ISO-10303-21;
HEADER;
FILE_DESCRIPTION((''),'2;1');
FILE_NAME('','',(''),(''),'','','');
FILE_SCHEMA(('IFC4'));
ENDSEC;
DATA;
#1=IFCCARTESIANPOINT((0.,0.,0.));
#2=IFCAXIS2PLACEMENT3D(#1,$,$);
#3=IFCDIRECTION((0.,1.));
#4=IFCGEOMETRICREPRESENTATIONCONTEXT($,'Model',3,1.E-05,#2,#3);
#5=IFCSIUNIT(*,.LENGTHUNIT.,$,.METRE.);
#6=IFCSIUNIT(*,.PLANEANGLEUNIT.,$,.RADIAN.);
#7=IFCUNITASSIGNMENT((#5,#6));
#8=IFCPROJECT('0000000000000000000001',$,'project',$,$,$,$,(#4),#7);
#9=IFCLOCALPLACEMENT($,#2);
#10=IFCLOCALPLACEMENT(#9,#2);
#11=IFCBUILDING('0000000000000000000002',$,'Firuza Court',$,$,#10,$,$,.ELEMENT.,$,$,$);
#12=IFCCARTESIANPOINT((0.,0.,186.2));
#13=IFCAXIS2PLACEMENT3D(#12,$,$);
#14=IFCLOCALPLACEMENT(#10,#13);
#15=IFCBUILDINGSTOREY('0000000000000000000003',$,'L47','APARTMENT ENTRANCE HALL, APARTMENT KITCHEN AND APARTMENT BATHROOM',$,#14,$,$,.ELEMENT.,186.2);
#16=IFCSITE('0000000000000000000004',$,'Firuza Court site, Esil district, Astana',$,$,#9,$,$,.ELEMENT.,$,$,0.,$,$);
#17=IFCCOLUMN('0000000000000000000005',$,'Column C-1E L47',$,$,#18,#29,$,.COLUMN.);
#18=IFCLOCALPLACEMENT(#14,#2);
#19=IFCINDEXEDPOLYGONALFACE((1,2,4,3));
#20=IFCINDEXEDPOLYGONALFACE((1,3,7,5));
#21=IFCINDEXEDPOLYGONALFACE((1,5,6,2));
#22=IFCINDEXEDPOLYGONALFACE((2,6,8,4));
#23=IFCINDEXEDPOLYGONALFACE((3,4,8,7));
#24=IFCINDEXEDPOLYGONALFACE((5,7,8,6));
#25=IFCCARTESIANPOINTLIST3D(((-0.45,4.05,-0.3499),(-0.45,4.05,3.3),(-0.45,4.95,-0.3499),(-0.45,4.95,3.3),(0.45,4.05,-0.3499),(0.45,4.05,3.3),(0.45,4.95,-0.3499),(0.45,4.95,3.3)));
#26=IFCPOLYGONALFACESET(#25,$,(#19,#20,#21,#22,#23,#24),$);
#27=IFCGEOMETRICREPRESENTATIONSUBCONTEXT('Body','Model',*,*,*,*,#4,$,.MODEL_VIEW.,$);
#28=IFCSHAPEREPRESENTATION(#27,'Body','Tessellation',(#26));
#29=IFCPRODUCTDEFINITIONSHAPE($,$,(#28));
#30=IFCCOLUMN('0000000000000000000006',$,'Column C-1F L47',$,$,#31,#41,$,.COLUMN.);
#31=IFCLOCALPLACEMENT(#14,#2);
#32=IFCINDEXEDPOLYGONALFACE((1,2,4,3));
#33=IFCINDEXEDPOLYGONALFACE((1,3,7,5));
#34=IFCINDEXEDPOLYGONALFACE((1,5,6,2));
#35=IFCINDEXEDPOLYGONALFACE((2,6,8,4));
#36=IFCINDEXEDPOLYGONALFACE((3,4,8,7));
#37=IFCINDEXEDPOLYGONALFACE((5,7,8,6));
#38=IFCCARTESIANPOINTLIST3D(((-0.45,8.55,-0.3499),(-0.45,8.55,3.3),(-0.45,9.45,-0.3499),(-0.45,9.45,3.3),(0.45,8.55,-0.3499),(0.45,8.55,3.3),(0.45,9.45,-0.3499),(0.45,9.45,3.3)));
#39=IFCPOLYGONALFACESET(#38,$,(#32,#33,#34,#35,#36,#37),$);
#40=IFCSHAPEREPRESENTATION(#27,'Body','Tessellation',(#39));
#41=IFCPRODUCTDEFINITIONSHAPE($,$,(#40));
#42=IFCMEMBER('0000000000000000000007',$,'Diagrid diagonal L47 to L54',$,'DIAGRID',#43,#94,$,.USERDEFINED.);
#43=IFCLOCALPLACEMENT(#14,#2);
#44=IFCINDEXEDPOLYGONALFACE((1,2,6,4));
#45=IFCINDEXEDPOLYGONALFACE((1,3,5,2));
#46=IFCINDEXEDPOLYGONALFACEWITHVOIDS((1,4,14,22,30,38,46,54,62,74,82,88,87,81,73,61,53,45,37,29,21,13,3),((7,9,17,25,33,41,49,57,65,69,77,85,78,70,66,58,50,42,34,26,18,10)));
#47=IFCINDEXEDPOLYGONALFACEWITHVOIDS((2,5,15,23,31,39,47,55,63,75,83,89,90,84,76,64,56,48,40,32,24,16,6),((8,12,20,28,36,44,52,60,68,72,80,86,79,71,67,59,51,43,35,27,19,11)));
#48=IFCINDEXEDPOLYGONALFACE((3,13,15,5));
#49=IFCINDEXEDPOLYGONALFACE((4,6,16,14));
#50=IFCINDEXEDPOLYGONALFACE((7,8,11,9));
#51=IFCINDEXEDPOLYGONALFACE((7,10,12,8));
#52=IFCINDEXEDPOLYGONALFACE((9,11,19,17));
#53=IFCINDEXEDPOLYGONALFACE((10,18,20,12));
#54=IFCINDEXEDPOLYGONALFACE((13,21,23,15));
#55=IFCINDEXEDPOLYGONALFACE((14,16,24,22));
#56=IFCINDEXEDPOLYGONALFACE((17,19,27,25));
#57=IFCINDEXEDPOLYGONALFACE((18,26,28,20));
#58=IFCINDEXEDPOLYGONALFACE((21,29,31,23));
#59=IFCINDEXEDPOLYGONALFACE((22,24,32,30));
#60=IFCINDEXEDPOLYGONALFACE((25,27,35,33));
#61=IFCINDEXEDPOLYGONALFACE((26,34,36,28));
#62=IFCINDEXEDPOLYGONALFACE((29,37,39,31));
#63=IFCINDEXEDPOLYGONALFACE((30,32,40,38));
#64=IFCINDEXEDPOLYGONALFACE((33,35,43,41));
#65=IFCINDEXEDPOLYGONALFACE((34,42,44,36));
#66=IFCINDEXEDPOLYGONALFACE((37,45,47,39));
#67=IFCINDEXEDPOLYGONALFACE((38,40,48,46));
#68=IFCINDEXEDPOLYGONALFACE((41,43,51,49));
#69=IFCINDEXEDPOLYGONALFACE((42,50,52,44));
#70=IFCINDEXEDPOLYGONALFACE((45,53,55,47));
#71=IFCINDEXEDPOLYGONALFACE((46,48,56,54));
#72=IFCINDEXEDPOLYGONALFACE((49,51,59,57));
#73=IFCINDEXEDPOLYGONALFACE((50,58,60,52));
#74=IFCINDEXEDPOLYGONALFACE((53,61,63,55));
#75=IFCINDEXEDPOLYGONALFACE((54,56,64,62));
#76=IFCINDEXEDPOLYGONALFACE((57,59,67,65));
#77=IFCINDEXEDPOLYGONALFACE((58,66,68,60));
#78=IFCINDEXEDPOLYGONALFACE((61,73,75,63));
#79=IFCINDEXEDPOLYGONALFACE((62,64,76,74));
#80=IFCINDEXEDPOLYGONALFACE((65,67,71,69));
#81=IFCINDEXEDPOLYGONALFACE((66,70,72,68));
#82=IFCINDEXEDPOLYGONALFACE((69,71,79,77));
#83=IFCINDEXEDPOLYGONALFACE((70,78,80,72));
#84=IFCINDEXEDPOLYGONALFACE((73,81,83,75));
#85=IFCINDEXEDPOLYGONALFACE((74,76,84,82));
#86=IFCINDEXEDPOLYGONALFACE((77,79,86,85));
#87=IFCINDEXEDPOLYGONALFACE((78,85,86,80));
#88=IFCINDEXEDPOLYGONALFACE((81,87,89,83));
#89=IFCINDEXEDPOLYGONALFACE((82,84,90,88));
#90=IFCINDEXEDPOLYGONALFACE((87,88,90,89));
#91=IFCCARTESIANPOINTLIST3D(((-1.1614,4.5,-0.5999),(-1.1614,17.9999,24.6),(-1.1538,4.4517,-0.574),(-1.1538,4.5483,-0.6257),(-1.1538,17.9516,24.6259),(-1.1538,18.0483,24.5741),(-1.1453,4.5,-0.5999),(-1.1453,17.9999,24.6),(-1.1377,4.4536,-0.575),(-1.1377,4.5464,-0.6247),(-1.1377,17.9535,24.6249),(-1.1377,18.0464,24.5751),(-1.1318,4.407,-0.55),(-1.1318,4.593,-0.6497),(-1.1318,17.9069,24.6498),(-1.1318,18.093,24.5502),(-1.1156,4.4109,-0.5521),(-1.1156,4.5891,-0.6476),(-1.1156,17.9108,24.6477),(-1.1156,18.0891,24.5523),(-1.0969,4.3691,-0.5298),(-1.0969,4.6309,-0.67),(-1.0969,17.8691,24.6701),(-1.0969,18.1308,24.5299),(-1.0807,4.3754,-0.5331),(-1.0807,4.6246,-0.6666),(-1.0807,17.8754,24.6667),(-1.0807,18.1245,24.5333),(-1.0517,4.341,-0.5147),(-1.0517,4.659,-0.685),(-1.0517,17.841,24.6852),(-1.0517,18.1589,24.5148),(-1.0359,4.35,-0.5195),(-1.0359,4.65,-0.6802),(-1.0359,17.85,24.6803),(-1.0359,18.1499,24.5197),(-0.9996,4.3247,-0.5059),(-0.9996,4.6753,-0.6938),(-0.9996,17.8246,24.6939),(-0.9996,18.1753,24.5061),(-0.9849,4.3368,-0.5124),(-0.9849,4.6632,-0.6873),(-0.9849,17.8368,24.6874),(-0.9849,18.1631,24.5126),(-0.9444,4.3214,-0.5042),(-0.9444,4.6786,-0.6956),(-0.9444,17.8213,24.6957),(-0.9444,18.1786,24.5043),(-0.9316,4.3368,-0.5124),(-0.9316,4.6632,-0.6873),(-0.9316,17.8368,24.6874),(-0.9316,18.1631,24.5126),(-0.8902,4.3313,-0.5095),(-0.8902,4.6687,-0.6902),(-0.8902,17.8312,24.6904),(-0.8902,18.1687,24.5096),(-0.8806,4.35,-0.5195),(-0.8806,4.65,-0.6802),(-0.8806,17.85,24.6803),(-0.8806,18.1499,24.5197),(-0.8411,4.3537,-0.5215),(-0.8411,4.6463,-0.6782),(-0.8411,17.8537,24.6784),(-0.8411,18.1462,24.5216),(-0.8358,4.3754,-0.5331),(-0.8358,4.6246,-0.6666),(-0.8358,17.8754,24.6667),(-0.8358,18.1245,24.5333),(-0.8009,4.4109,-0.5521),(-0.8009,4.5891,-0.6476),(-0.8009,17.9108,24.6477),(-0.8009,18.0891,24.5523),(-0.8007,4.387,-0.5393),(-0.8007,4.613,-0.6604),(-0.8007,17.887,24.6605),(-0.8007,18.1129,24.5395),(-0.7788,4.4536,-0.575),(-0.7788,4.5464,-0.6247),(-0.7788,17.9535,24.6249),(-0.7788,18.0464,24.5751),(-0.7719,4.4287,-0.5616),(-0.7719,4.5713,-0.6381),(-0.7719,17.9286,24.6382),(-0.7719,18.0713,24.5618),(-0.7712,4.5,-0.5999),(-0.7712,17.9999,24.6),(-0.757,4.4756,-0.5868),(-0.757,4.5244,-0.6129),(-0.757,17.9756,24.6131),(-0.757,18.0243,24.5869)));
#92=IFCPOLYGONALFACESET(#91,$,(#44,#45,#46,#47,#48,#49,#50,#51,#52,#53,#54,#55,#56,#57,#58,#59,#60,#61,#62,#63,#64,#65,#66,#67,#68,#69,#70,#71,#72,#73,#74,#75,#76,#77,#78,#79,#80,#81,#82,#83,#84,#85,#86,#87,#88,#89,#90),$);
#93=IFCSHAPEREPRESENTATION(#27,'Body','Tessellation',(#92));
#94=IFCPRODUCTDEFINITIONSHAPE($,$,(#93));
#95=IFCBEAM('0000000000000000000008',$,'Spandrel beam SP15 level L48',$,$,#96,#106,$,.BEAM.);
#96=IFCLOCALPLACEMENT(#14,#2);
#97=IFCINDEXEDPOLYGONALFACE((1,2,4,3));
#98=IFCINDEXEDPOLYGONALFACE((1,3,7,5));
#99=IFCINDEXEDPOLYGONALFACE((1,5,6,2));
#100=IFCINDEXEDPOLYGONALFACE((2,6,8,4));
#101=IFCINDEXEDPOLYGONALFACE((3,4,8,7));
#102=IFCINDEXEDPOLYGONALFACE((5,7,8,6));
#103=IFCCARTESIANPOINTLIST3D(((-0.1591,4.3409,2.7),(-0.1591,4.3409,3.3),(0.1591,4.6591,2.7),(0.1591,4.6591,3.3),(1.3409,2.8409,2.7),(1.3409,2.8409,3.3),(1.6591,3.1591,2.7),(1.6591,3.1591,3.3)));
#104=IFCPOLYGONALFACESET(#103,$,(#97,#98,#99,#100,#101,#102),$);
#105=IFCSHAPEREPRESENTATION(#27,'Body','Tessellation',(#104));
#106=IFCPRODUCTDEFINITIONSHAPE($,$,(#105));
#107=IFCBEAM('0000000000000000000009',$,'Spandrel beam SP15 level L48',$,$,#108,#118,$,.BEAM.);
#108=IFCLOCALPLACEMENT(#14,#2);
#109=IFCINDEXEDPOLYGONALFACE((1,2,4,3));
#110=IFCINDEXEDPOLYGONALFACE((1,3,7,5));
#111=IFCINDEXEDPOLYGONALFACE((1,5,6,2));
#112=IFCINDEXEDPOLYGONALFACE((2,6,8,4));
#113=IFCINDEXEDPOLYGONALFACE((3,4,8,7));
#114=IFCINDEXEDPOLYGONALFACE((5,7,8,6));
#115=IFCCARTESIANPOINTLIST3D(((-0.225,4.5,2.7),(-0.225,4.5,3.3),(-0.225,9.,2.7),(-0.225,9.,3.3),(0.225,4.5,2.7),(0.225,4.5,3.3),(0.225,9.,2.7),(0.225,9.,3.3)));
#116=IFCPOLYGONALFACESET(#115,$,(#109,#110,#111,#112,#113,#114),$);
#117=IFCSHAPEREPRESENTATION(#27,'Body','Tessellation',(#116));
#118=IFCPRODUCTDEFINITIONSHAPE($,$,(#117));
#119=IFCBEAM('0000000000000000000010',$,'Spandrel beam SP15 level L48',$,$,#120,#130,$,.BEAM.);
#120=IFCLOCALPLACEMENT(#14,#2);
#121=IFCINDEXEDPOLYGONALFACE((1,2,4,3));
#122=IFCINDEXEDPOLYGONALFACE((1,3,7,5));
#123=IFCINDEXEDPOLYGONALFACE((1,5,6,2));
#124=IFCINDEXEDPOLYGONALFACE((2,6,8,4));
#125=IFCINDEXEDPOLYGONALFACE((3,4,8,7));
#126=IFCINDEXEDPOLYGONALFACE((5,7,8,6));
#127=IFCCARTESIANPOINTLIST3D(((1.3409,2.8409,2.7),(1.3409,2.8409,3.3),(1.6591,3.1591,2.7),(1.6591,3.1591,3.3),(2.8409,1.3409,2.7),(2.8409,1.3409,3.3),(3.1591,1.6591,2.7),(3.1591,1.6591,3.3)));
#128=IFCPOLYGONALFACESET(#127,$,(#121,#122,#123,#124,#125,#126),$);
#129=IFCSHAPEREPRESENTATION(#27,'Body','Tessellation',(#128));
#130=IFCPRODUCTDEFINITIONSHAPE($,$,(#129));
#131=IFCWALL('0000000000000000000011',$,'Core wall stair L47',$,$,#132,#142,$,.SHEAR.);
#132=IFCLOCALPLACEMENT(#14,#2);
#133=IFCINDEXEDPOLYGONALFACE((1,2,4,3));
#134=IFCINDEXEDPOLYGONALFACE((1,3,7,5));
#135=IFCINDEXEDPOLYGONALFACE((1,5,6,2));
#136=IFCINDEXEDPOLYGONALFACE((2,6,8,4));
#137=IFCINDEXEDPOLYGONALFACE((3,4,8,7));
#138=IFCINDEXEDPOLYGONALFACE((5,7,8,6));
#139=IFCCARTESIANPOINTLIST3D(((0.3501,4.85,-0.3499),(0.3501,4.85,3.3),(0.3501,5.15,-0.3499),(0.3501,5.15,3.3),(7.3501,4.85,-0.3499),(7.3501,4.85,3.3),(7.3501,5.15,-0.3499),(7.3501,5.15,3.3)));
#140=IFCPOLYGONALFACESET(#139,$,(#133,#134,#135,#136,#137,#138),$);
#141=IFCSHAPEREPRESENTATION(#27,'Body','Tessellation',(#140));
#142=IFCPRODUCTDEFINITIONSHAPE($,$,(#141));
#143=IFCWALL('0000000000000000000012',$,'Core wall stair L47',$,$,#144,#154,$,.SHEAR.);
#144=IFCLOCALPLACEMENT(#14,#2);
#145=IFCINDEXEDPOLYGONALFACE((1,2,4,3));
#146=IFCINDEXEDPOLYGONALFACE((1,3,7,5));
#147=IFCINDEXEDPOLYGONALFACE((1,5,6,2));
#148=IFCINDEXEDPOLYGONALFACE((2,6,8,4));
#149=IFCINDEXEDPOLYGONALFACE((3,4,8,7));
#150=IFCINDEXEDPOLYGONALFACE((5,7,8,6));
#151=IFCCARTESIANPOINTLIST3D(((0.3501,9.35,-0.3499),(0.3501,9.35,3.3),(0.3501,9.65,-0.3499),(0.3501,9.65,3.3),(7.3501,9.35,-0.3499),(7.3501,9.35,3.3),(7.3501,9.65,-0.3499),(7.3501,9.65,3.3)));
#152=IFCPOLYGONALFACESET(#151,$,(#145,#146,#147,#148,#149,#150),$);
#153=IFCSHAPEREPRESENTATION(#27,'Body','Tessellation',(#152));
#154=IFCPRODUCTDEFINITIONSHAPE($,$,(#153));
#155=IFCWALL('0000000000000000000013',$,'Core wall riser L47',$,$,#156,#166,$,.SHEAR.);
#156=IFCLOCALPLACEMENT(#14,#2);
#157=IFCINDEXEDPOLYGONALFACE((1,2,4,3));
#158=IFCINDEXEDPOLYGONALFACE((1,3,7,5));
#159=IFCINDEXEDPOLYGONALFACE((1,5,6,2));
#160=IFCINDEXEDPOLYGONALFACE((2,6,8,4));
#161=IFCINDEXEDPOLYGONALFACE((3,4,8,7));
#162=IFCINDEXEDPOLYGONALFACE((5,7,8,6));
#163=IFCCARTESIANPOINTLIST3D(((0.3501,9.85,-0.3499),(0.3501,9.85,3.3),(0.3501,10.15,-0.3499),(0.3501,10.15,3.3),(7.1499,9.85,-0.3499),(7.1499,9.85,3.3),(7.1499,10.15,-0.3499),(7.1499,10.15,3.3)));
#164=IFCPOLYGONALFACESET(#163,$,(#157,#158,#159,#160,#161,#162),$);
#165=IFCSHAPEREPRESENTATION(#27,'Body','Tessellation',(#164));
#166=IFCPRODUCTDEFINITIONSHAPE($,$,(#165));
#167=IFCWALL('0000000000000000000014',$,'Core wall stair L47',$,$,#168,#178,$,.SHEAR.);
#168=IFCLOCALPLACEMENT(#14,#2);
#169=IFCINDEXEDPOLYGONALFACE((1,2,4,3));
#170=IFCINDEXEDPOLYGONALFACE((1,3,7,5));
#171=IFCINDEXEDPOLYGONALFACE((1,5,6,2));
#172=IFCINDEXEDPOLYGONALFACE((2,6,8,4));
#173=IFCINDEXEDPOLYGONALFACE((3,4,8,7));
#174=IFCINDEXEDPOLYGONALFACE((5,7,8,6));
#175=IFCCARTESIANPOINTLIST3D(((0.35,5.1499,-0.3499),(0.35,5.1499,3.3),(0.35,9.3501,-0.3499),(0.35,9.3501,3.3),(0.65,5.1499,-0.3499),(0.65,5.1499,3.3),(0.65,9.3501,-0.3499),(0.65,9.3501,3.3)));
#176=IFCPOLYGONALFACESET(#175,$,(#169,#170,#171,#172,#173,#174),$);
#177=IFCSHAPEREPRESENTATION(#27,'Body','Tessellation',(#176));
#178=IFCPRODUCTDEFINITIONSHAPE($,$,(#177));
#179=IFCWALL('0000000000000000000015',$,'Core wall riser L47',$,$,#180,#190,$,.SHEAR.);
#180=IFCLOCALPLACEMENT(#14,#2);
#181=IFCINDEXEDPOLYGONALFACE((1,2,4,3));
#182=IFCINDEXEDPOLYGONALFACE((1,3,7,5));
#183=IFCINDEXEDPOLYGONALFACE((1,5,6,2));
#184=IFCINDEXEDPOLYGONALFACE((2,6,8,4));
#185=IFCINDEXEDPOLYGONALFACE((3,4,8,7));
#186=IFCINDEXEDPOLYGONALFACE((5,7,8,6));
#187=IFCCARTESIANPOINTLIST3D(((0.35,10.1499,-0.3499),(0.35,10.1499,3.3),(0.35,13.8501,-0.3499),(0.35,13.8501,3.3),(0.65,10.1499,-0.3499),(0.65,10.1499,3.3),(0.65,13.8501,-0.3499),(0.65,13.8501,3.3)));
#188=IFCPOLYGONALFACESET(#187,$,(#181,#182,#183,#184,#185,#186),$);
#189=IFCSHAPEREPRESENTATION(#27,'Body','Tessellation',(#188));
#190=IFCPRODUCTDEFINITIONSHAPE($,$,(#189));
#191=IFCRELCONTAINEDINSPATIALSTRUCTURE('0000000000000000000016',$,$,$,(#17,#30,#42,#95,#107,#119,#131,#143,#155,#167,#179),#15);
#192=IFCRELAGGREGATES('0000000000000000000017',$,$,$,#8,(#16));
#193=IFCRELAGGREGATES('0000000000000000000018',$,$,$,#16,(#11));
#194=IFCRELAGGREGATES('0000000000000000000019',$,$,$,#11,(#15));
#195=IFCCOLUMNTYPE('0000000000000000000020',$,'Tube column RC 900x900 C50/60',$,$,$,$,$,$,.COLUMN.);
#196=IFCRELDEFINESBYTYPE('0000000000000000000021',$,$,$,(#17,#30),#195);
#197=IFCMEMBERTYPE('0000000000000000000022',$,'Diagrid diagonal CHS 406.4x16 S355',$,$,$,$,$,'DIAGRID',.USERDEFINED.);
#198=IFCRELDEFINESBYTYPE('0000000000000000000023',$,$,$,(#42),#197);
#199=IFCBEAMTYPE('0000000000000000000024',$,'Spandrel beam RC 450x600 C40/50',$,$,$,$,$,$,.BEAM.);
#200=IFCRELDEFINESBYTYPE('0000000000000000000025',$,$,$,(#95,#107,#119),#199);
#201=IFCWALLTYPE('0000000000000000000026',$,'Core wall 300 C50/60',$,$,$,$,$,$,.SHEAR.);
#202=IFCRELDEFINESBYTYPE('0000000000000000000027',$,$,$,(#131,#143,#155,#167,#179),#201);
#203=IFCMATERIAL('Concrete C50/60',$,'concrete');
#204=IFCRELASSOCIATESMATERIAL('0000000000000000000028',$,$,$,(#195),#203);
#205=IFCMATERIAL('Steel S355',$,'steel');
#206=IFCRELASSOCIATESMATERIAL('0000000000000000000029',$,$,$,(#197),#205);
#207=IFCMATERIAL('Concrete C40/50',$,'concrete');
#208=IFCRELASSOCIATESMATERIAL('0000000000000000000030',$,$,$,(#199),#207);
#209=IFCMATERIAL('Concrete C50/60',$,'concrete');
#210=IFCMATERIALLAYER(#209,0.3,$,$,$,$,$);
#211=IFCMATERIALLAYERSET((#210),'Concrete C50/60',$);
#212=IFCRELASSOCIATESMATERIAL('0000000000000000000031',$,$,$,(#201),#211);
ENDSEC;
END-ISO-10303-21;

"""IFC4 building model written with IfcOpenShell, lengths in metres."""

from ifc_helpers import new_model, si_unit, direction, frame, frame_2d, origin, origin_2d, place, context, subcontext, project, spatial, rectangle, hollow_circle, extrude, material, layer, layer_set, material_profile, profile_set, type_object, element, save


model = new_model("IFC4")

# Units and contexts
model_context = context("Model", 3, precision=1e-05, world=origin(), true_north=direction((0.0, 1.0)))
body_context = subcontext(model_context, "Body", "Model", "MODEL_VIEW")
ifc_project = project(units=[si_unit("LENGTHUNIT", "METRE"), si_unit("PLANEANGLEUNIT", "RADIAN")], contexts=[model_context])

# Site, building, storey
site_placement = place(None, origin())
site = spatial("IfcSite", under=ifc_project, at=site_placement, Name="Firuza Court site, Esil district, Astana", CompositionType="ELEMENT", RefElevation=0.0)
building_placement = place(site_placement, origin())
building = spatial("IfcBuilding", under=site, at=building_placement, Name="Firuza Court", CompositionType="ELEMENT")
storey_placement = place(building_placement, frame((0.0, 0.0, 186.2)))
storey = spatial("IfcBuildingStorey", under=building, at=storey_placement, Name="L47", Description="APARTMENT ENTRANCE HALL, APARTMENT KITCHEN AND APARTMENT BATHROOM", CompositionType="ELEMENT", Elevation=186.2)

# Columns
ifc_material_1 = material(Name="Concrete C50/60", Category="concrete")
ifc_material_profile_1 = material_profile(ifc_material_1, rectangle(XDim=0.8999, YDim=0.8999, at=origin_2d()), Name="RC 900x900")
ifc_profile_set_1 = profile_set([ifc_material_profile_1], Name="Concrete C50/60")
column_type = type_object("IfcColumnType", Name="Tube column RC 900x900 C50/60", PredefinedType="COLUMN", material=ifc_profile_set_1)
for number, where, z_axis, x_axis, name in (
    (1, (0.0, 4.5, -0.3499), (0.0, 0.0, 1.0), (1.0, 0.0, 0.0), "Column C-1E L47"),
    (2, (0.0, 9.0, -0.3499), (0.0, 0.0, 1.0), (1.0, 0.0, 0.0), "Column C-1F L47"),
):
    element("IfcColumn", number, at=place(storey_placement, frame(where, z_axis=z_axis, x_axis=x_axis)), inside=storey, type_object=column_type, Name=name, PredefinedType="COLUMN", context=body_context, shape_type="SweptSolid", body=[
        extrude(rectangle(XDim=0.8999, YDim=0.8999, at=origin_2d()), origin(), (0.0, 0.0, 1.0), 3.6499),
    ])

# Member
ifc_material_2 = material(Name="Steel S355", Category="steel")
ifc_material_profile_2 = material_profile(ifc_material_2, hollow_circle(Radius=0.2031, WallThickness=0.0161, at=origin_2d()), Name="CHS 406.4x16")
ifc_profile_set_2 = profile_set([ifc_material_profile_2], Name="Steel S355")
member_type = type_object("IfcMemberType", Name="Diagrid diagonal CHS 406.4x16 S355", ElementType="DIAGRID", PredefinedType="USERDEFINED", material=ifc_profile_set_2)
member_placement = place(storey_placement, frame((-0.9583, 4.5, -0.5999), z_axis=(0.0, 0.472222, 0.88148), x_axis=(-1.0, 0.0, 0.0)))
element("IfcMember", 3, at=member_placement, inside=storey, type_object=member_type, Name="Diagrid diagonal L47 to L54", ObjectType="DIAGRID", PredefinedType="USERDEFINED", context=body_context, shape_type="SweptSolid", body=[
    extrude(hollow_circle(Radius=0.2031, WallThickness=0.0161, at=origin_2d()), origin(), (0.0, 0.0, 1.0), 28.5881),
])

# Beams
ifc_material_3 = material(Name="Concrete C40/50", Category="concrete")
ifc_material_profile_3 = material_profile(ifc_material_3, rectangle(XDim=0.45, YDim=0.6001, at=origin_2d()), Name="RC 450x600")
ifc_profile_set_3 = profile_set([ifc_material_profile_3], Name="Concrete C40/50")
beam_type = type_object("IfcBeamType", Name="Spandrel beam RC 450x600 C40/50", PredefinedType="BEAM", material=ifc_profile_set_3)
beam_1_placement = place(storey_placement, frame((0.0, 4.5, 3.0), z_axis=(0.707107, -0.707107, 0.0), x_axis=(0.707107, 0.707107, 0.0)))
element("IfcBeam", 4, at=beam_1_placement, inside=storey, type_object=beam_type, Name="Spandrel beam SP15 level L48", PredefinedType="BEAM", context=body_context, shape_type="SweptSolid", body=[
    extrude(rectangle(XDim=0.45, YDim=0.6001, at=origin_2d()), origin(), (0.0, 0.0, 1.0), 2.1213),
])
beam_2_placement = place(storey_placement, frame((0.0, 9.0, 3.0), z_axis=(0.0, -1.0, 0.0), x_axis=(1.0, 0.0, 0.0)))
element("IfcBeam", 5, at=beam_2_placement, inside=storey, type_object=beam_type, Name="Spandrel beam SP15 level L48", PredefinedType="BEAM", context=body_context, shape_type="SweptSolid", body=[
    extrude(rectangle(XDim=0.45, YDim=0.6001, at=origin_2d()), origin(), (0.0, 0.0, 1.0), 4.5),
])
beam_3_placement = place(storey_placement, frame((1.5, 3.0, 3.0), z_axis=(0.707107, -0.707107, 0.0), x_axis=(0.707107, 0.707107, 0.0)))
element("IfcBeam", 6, at=beam_3_placement, inside=storey, type_object=beam_type, Name="Spandrel beam SP15 level L48", PredefinedType="BEAM", context=body_context, shape_type="SweptSolid", body=[
    extrude(rectangle(XDim=0.45, YDim=0.6001, at=origin_2d()), origin(), (0.0, 0.0, 1.0), 2.1213),
])

# Walls
ifc_material_4 = material(Name="Concrete C50/60", Category="concrete")
ifc_layer_1 = layer(ifc_material_4, 0.3)
ifc_layer_set_1 = layer_set([ifc_layer_1], Name="Concrete C50/60")
wall_type_1 = type_object("IfcWallType", Name="Core wall 300 C50/60", PredefinedType="SHEAR", material=ifc_layer_set_1)
for number, where, z_axis, x_axis, name in (
    (7, (0.3501, 5.0, -0.3499), (0.0, 0.0, 1.0), (1.0, 0.0, 0.0), "Core wall stair L47"),
    (8, (0.3501, 9.5, -0.3499), (0.0, 0.0, 1.0), (1.0, 0.0, 0.0), "Core wall stair L47"),
):
    element("IfcWall", number, at=place(storey_placement, frame(where, z_axis=z_axis, x_axis=x_axis)), inside=storey, type_object=wall_type_1, Name=name, PredefinedType="SHEAR", context=body_context, shape_type="SweptSolid", body=[
        extrude(rectangle(XDim=7.0, YDim=0.3, at=frame_2d((3.5, 0.0))), origin(), (0.0, 0.0, 1.0), 3.6499),
    ])
wall_1_placement = place(storey_placement, frame((0.3501, 10.0, -0.3499), z_axis=(0.0, 0.0, 1.0), x_axis=(1.0, 0.0, 0.0)))
element("IfcWall", 9, at=wall_1_placement, inside=storey, type_object=wall_type_1, Name="Core wall riser L47", PredefinedType="SHEAR", context=body_context, shape_type="SweptSolid", body=[
    extrude(rectangle(XDim=6.7998, YDim=0.3, at=frame_2d((3.3999, 0.0))), origin(), (0.0, 0.0, 1.0), 3.6499),
])
wall_2_placement = place(storey_placement, frame((0.5, 5.1499, -0.3499), z_axis=(0.0, 0.0, 1.0), x_axis=(0.0, 1.0, 0.0)))
element("IfcWall", 10, at=wall_2_placement, inside=storey, type_object=wall_type_1, Name="Core wall stair L47", PredefinedType="SHEAR", context=body_context, shape_type="SweptSolid", body=[
    extrude(rectangle(XDim=4.2002, YDim=0.3, at=frame_2d((2.1001, 0.0))), origin(), (0.0, 0.0, 1.0), 3.6499),
])
wall_3_placement = place(storey_placement, frame((0.5, 10.1499, -0.3499), z_axis=(0.0, 0.0, 1.0), x_axis=(0.0, 1.0, 0.0)))
element("IfcWall", 11, at=wall_3_placement, inside=storey, type_object=wall_type_1, Name="Core wall riser L47", PredefinedType="SHEAR", context=body_context, shape_type="SweptSolid", body=[
    extrude(rectangle(XDim=3.7002, YDim=0.3, at=frame_2d((1.8501, 0.0))), origin(), (0.0, 0.0, 1.0), 3.6499),
])

save(model, "model.ifc")
